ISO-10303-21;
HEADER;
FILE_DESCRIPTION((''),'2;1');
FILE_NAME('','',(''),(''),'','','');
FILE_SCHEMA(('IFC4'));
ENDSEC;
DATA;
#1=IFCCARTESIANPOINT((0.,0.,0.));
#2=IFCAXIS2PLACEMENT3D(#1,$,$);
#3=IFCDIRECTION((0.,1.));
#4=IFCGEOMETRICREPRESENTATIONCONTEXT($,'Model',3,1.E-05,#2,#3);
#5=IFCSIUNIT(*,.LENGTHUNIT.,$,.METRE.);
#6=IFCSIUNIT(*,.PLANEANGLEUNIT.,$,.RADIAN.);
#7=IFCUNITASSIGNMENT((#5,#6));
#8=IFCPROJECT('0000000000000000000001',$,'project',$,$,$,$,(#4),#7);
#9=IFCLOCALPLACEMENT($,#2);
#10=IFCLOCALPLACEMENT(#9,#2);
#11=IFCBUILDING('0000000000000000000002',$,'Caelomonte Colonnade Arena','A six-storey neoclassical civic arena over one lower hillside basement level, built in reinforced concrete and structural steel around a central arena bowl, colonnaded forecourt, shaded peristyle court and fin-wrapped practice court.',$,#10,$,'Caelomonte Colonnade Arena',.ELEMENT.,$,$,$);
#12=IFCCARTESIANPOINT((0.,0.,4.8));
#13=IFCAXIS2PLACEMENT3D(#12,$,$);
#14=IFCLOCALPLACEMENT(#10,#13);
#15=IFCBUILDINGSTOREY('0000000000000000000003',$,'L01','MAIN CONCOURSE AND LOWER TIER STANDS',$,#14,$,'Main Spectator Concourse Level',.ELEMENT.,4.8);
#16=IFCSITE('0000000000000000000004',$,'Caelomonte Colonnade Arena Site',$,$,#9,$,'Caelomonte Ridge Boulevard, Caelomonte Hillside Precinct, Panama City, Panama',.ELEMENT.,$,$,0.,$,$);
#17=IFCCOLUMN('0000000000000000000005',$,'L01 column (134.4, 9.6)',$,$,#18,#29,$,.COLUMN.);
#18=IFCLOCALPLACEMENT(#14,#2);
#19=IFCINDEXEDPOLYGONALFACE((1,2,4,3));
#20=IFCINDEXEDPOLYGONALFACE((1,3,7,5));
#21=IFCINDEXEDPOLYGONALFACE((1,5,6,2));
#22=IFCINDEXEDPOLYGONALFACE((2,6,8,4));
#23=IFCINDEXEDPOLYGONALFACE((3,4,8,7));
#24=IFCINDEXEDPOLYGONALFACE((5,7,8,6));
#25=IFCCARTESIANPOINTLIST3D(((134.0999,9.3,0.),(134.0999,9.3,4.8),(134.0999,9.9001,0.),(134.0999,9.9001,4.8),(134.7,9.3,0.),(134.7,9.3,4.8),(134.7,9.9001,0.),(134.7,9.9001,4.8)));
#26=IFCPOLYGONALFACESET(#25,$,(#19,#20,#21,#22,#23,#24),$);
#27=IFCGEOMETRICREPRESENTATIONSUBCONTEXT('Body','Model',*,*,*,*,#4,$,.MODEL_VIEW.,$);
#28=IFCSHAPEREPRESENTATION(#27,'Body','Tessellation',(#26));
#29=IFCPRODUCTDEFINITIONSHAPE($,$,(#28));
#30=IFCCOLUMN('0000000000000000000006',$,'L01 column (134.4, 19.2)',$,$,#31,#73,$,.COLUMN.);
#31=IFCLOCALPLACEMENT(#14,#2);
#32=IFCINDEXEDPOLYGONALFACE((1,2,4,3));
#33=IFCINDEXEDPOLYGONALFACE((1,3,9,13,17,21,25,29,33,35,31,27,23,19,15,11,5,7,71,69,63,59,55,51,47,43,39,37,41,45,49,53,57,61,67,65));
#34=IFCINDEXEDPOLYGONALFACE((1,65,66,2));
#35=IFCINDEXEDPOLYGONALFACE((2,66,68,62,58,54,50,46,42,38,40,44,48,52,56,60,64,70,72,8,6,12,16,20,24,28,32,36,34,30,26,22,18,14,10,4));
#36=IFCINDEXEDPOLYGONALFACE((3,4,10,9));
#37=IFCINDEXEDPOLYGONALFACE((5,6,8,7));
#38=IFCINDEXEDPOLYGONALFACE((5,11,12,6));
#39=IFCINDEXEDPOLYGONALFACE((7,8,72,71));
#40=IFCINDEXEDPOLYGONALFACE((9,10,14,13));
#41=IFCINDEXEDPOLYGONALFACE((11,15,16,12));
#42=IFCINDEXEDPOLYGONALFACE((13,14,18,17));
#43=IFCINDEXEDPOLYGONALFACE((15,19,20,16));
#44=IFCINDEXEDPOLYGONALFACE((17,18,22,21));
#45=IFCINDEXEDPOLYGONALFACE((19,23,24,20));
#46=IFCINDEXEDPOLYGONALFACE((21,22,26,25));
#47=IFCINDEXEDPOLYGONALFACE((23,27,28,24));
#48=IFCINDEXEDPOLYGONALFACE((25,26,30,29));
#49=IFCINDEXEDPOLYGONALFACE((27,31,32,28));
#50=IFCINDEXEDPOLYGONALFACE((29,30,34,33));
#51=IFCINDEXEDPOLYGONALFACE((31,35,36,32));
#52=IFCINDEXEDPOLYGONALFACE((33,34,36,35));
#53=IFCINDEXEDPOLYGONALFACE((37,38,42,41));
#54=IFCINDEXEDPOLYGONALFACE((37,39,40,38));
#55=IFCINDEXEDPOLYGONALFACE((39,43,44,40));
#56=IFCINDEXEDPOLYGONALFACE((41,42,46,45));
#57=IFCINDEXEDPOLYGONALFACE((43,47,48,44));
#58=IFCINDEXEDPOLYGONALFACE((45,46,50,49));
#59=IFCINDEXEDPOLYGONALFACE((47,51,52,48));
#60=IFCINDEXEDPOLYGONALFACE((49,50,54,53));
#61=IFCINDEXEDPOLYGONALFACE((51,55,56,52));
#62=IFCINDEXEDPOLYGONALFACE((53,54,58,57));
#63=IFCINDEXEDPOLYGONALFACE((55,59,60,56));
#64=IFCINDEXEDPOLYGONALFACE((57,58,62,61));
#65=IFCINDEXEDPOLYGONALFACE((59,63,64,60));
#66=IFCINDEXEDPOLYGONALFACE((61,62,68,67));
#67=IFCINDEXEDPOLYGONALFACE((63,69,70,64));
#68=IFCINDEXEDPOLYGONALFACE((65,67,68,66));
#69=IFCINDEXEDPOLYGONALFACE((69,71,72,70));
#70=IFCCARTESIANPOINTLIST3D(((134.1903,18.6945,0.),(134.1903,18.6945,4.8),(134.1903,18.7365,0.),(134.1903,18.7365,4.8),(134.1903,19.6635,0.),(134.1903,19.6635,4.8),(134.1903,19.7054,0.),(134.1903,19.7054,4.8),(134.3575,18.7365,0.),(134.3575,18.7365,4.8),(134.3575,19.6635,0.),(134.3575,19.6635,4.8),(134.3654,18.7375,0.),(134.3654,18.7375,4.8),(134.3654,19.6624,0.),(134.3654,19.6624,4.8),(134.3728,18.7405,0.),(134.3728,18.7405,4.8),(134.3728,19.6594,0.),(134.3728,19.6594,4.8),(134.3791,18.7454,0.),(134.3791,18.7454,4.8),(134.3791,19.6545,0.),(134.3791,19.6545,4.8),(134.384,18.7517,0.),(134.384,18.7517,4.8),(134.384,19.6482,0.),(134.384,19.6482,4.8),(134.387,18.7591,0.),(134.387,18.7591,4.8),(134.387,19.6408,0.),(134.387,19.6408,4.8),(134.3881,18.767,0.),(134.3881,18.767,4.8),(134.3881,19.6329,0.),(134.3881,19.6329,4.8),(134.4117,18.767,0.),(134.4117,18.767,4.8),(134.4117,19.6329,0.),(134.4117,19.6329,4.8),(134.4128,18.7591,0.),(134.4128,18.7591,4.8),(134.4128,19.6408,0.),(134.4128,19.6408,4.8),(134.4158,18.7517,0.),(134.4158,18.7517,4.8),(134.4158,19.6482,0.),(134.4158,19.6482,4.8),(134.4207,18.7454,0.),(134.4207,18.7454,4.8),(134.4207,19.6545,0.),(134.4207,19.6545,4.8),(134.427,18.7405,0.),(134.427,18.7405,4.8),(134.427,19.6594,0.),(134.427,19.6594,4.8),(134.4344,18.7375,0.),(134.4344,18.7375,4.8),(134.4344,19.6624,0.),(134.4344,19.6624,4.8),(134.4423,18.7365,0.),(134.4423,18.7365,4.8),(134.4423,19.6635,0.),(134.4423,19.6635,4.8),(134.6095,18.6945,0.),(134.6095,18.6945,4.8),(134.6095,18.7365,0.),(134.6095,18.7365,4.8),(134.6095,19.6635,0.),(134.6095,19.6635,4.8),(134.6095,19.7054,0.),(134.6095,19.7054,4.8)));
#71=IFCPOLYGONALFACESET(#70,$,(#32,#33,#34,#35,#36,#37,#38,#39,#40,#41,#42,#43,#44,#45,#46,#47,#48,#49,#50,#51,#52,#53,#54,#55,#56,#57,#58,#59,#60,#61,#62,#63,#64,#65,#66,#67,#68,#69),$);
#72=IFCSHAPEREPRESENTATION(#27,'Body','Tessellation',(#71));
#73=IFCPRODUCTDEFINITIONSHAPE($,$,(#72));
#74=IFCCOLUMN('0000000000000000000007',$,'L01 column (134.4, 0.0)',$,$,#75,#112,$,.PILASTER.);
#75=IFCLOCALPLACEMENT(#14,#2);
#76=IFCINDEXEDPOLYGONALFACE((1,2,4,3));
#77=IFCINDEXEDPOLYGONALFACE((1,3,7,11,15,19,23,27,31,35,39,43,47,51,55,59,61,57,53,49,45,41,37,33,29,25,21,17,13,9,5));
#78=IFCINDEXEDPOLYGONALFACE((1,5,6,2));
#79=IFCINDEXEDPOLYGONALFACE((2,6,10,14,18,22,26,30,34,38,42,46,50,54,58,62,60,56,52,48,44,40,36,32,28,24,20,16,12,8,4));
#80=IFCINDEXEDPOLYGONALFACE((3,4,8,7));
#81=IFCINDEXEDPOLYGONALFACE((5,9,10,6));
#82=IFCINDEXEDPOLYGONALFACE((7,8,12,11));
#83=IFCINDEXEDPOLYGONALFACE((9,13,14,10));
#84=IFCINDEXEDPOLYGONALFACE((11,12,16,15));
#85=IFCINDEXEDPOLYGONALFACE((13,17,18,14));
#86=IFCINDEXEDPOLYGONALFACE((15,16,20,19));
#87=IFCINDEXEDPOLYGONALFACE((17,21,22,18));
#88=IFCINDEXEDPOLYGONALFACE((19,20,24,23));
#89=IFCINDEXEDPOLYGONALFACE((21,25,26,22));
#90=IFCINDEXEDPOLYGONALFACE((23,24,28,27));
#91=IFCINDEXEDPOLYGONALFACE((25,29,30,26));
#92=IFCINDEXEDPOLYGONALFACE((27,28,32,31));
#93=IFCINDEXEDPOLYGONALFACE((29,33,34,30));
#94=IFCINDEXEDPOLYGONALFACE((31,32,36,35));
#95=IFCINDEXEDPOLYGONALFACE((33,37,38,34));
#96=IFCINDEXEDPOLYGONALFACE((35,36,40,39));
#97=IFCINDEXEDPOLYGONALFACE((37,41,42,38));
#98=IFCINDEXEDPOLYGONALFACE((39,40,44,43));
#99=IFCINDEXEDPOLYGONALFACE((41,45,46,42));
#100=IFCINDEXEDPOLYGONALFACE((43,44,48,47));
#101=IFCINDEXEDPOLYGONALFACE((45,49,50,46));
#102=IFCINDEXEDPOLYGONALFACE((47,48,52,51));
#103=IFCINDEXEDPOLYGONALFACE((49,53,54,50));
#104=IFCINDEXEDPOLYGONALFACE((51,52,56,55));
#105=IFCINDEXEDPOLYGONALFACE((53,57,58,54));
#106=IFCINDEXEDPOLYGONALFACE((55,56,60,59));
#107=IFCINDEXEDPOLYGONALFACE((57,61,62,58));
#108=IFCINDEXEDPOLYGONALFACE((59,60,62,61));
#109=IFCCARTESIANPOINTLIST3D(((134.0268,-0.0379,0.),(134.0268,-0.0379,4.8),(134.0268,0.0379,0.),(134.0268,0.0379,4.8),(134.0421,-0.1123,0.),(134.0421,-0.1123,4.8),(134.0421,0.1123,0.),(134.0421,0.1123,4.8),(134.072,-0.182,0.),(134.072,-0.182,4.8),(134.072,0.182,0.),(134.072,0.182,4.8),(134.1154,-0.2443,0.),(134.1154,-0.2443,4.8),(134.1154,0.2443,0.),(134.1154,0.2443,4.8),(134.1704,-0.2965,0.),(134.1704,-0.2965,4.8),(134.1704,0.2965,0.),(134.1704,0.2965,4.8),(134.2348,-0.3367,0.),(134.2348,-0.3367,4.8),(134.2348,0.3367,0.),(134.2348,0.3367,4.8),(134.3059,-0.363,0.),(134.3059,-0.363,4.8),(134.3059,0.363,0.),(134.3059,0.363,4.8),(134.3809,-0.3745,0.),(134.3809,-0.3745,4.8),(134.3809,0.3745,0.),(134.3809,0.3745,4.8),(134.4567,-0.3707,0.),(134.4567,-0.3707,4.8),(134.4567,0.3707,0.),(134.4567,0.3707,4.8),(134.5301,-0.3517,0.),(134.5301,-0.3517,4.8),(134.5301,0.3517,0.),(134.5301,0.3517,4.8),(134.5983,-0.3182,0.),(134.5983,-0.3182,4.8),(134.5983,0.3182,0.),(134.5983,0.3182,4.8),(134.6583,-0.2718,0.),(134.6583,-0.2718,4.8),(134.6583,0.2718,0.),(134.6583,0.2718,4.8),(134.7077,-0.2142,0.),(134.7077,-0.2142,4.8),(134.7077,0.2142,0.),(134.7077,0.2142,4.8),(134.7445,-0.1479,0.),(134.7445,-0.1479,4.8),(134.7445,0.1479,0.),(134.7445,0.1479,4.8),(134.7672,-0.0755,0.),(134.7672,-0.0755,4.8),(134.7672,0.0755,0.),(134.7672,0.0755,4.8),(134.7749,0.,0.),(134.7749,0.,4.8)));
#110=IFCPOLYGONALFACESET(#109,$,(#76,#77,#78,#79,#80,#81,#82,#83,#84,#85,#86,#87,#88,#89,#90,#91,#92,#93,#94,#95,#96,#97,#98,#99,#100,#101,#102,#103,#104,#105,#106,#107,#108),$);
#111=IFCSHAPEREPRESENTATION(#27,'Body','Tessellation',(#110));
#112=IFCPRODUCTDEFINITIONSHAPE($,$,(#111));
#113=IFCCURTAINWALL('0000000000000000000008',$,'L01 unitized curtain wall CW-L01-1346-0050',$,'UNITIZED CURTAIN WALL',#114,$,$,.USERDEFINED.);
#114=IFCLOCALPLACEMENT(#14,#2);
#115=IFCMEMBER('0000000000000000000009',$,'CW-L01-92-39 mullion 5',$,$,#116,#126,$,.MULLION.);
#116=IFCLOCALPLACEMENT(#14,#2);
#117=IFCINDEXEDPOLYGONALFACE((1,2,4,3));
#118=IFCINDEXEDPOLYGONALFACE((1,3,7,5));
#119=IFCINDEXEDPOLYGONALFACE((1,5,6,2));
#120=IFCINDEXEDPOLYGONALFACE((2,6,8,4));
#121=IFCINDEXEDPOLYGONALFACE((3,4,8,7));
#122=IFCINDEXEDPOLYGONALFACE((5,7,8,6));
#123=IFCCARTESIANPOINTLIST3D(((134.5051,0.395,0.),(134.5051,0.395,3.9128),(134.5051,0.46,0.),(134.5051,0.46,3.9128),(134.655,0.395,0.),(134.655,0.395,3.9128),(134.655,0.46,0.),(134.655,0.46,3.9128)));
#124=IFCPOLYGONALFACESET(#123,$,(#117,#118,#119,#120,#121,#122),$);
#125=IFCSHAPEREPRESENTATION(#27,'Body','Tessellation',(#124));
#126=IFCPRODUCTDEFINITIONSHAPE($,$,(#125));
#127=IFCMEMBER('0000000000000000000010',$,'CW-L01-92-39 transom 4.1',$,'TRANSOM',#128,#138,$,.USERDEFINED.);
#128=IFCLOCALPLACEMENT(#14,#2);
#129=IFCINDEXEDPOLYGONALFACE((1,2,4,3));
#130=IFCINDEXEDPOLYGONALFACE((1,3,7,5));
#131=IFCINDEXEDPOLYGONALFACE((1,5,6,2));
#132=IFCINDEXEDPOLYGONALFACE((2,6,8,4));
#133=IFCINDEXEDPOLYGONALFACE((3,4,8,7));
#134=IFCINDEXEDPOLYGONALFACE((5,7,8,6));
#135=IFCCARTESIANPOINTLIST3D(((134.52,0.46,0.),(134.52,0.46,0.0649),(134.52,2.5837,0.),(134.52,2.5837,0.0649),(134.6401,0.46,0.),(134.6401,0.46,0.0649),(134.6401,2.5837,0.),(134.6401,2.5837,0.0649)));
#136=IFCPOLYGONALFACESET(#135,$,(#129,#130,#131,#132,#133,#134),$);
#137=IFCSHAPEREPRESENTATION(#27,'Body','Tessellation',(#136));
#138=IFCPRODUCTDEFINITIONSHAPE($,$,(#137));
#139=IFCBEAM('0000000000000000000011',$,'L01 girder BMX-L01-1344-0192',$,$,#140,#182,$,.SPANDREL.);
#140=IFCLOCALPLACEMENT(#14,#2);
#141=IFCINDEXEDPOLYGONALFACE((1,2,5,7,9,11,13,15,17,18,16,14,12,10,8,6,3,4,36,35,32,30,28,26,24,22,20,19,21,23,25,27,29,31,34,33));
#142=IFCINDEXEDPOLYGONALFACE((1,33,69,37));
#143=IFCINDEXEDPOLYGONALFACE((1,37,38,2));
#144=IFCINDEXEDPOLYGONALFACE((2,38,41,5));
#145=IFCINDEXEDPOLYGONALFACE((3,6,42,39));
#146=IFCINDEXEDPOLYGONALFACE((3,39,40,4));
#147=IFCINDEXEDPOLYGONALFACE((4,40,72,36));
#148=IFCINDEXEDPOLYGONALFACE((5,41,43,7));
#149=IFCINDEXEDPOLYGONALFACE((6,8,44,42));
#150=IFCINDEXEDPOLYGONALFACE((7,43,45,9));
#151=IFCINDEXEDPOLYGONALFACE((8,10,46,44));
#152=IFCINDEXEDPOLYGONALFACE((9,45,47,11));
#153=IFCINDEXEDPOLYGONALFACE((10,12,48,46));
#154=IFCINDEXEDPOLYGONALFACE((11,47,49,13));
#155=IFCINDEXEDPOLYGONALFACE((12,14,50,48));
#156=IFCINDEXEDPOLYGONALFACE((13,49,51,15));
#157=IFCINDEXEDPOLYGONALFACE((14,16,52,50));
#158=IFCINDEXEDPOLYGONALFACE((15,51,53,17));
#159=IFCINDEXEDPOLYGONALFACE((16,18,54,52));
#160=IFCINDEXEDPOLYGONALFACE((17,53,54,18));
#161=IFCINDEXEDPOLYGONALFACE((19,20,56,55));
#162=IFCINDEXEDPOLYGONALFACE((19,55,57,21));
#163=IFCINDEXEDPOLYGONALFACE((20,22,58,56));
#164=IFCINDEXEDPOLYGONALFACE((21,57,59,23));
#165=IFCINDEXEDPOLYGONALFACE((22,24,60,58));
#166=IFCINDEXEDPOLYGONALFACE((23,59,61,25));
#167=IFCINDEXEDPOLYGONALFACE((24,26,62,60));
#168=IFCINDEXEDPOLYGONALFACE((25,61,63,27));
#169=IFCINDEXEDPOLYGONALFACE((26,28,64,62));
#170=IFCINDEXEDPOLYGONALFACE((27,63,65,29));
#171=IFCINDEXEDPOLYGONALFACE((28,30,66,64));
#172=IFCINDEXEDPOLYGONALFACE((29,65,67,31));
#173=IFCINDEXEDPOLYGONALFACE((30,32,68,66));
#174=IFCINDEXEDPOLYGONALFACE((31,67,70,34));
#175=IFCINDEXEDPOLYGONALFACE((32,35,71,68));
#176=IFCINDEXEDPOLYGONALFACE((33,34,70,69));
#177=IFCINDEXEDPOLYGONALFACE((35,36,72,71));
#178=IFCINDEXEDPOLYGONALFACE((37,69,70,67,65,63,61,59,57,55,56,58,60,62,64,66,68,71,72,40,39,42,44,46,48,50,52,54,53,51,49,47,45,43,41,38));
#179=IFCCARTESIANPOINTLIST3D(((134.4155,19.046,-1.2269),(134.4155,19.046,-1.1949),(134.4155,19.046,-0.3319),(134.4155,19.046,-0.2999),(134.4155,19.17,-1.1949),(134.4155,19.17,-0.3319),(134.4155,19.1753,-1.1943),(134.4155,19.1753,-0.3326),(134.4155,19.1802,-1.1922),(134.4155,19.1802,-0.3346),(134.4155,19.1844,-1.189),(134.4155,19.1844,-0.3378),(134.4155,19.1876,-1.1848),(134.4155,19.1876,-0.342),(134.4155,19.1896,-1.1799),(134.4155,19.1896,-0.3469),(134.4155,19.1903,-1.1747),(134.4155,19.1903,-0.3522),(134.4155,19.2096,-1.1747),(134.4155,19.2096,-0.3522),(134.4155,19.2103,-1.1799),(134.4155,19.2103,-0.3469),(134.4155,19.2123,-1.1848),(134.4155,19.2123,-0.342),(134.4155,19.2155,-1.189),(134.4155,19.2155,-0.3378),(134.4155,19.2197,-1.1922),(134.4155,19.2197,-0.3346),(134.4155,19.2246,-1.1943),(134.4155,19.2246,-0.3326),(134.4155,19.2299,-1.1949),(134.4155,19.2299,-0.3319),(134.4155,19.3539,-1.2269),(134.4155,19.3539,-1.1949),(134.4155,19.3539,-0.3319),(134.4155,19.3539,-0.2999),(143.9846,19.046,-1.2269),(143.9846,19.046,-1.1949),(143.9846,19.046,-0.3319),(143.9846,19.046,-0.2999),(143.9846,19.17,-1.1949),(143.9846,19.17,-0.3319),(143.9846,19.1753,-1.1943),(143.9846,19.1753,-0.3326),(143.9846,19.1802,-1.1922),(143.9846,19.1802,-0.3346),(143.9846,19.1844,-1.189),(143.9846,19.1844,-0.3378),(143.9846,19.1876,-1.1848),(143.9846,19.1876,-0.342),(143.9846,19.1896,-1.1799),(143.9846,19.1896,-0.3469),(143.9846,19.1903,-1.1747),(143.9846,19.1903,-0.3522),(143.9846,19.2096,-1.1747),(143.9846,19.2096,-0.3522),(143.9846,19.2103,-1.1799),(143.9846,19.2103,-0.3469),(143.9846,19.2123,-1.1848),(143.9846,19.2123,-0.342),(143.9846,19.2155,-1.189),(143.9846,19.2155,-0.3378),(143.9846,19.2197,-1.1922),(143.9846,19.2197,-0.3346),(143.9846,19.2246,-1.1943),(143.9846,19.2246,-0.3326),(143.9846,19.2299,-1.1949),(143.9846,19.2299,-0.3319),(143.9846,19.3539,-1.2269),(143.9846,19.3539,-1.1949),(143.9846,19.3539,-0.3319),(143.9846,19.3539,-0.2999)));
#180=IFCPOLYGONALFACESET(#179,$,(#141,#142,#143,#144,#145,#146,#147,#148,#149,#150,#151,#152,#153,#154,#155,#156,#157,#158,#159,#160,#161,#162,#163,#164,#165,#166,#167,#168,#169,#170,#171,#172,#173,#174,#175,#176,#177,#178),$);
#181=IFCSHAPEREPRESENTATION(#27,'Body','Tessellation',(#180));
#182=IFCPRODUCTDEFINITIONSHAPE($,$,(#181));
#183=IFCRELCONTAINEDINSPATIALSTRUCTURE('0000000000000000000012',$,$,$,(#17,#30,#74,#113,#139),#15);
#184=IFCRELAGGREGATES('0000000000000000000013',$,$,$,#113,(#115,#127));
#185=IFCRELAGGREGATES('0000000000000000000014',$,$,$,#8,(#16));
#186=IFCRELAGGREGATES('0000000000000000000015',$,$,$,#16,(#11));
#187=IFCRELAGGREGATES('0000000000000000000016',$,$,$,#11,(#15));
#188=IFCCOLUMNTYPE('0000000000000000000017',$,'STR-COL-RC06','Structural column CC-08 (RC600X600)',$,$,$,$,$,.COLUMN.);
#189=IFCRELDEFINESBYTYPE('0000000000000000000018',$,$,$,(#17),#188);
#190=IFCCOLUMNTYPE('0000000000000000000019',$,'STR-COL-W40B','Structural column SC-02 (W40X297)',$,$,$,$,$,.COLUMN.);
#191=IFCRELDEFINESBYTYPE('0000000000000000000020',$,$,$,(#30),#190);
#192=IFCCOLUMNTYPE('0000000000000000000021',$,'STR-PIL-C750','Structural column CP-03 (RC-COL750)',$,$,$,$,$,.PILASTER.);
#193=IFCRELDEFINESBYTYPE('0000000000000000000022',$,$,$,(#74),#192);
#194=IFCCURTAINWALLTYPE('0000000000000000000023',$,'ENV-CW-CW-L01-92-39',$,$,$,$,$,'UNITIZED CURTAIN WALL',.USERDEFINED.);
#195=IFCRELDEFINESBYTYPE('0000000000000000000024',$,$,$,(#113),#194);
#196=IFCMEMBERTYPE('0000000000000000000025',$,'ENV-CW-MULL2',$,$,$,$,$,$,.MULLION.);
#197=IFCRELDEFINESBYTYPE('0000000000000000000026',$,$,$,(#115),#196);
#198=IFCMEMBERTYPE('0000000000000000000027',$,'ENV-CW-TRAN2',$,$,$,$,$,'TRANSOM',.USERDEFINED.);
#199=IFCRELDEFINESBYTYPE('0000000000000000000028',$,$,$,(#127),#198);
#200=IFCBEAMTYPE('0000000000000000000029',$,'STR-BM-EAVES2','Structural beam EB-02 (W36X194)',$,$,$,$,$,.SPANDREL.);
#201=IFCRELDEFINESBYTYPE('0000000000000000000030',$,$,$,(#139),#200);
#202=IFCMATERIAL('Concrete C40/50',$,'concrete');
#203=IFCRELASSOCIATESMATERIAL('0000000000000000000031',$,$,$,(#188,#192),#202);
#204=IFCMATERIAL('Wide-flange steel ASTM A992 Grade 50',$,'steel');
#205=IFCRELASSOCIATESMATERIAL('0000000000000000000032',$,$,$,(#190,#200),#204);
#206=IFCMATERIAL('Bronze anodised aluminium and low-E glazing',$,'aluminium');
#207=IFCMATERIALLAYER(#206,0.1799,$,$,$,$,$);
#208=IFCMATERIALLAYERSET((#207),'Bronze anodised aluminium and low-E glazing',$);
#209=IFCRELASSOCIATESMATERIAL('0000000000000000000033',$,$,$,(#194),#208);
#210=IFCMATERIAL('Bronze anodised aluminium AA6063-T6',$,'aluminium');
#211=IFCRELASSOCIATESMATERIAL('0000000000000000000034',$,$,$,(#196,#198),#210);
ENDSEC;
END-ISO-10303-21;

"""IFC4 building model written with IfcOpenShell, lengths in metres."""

from ifc_helpers import new_model, si_unit, direction, frame, origin, origin_2d, place, context, subcontext, project, spatial, rectangle, circle, i_section, extrude, material, layer, layer_set, material_profile, profile_set, type_object, element, aggregate, save


model = new_model("IFC4")

# Units and contexts
model_context = context("Model", 3, precision=1e-05, world=origin(), true_north=direction((0.0, 1.0)))
body_context = subcontext(model_context, "Body", "Model", "MODEL_VIEW")
ifc_project = project(units=[si_unit("LENGTHUNIT", "METRE"), si_unit("PLANEANGLEUNIT", "RADIAN")], contexts=[model_context])

# Site, building, storey
site_placement = place(None, origin())
site = spatial("IfcSite", under=ifc_project, at=site_placement, Name="Caelomonte Colonnade Arena Site", LongName="Caelomonte Ridge Boulevard, Caelomonte Hillside Precinct, Panama City, Panama", CompositionType="ELEMENT", RefElevation=0.0)
building_placement = place(site_placement, origin())
building = spatial("IfcBuilding", under=site, at=building_placement, Name="Caelomonte Colonnade Arena", Description="A six-storey neoclassical civic arena over one lower hillside basement level, built in reinforced concrete and structural steel around a central arena bowl, colonnaded forecourt, shaded peristyle court and fin-wrapped practice court.", LongName="Caelomonte Colonnade Arena", CompositionType="ELEMENT")
storey_placement = place(building_placement, frame((0.0, 0.0, 4.8)))
storey = spatial("IfcBuildingStorey", under=building, at=storey_placement, Name="L01", Description="MAIN CONCOURSE AND LOWER TIER STANDS", LongName="Main Spectator Concourse Level", CompositionType="ELEMENT", Elevation=4.8)

# Columns
ifc_material_1 = material(Name="Concrete C40/50", Category="concrete")
ifc_material_profile_1 = material_profile(ifc_material_1, rectangle(XDim=0.6001, YDim=0.6001, at=origin_2d()), Name="RC600X600")
ifc_profile_set_1 = profile_set([ifc_material_profile_1], Name="Concrete C40/50")
column_type_1 = type_object("IfcColumnType", Name="STR-COL-RC06", Description="Structural column CC-08 (RC600X600)", PredefinedType="COLUMN", material=ifc_profile_set_1)
column_1_placement = place(storey_placement, frame((134.3999, 9.6001, 0.0), z_axis=(0.0, 0.0, 1.0), x_axis=(1.0, 0.0, 0.0)))
element("IfcColumn", 1, at=column_1_placement, inside=storey, type_object=column_type_1, Name="L01 column (134.4, 9.6)", PredefinedType="COLUMN", context=body_context, shape_type="SweptSolid", body=[
    extrude(rectangle(XDim=0.6001, YDim=0.6001, at=origin_2d()), origin(), (0.0, 0.0, 1.0), 4.8),
])
ifc_material_2 = material(Name="Wide-flange steel ASTM A992 Grade 50", Category="steel")
ifc_material_profile_2 = material_profile(ifc_material_2, i_section(OverallWidth=0.4192, OverallDepth=1.011, WebThickness=0.0237, FlangeThickness=0.042, FilletRadius=0.0305, at=origin_2d()), Name="W40X297")
ifc_profile_set_2 = profile_set([ifc_material_profile_2], Name="Wide-flange steel ASTM A992 Grade 50")
column_type_2 = type_object("IfcColumnType", Name="STR-COL-W40B", Description="Structural column SC-02 (W40X297)", PredefinedType="COLUMN", material=ifc_profile_set_2)
column_2_placement = place(storey_placement, frame((134.3999, 19.2, 0.0), z_axis=(0.0, 0.0, 1.0), x_axis=(1.0, 0.0, 0.0)))
element("IfcColumn", 2, at=column_2_placement, inside=storey, type_object=column_type_2, Name="L01 column (134.4, 19.2)", PredefinedType="COLUMN", context=body_context, shape_type="SweptSolid", body=[
    extrude(i_section(OverallWidth=0.4192, OverallDepth=1.011, WebThickness=0.0237, FlangeThickness=0.042, FilletRadius=0.0305, at=origin_2d()), origin(), (0.0, 0.0, 1.0), 4.8),
])
ifc_material_profile_3 = material_profile(ifc_material_1, circle(Radius=0.375, at=origin_2d()), Name="RC-COL750")
ifc_profile_set_3 = profile_set([ifc_material_profile_3], Name="Concrete C40/50")
column_type_3 = type_object("IfcColumnType", Name="STR-PIL-C750", Description="Structural column CP-03 (RC-COL750)", PredefinedType="PILASTER", material=ifc_profile_set_3)
column_3_placement = place(storey_placement, frame((134.3999, 0.0, 0.0), z_axis=(0.0, 0.0, 1.0), x_axis=(1.0, 0.0, 0.0)))
element("IfcColumn", 3, at=column_3_placement, inside=storey, type_object=column_type_3, Name="L01 column (134.4, 0.0)", PredefinedType="PILASTER", context=body_context, shape_type="SweptSolid", body=[
    extrude(circle(Radius=0.375, at=origin_2d()), origin(), (0.0, 0.0, 1.0), 4.8),
])

# Curtain wall, members
ifc_material_3 = material(Name="Bronze anodised aluminium and low-E glazing", Category="aluminium")
ifc_layer_1 = layer(ifc_material_3, 0.1799)
ifc_layer_set_1 = layer_set([ifc_layer_1], Name="Bronze anodised aluminium and low-E glazing")
curtain_wall_type = type_object("IfcCurtainWallType", Name="ENV-CW-CW-L01-92-39", ElementType="UNITIZED CURTAIN WALL", PredefinedType="USERDEFINED", material=ifc_layer_set_1)
curtain_wall_placement = place(storey_placement, origin())
curtain_wall = element("IfcCurtainWall", 4, at=curtain_wall_placement, inside=storey, type_object=curtain_wall_type, Name="L01 unitized curtain wall CW-L01-1346-0050", ObjectType="UNITIZED CURTAIN WALL", PredefinedType="USERDEFINED")
ifc_material_4 = material(Name="Bronze anodised aluminium AA6063-T6", Category="aluminium")
ifc_material_profile_4 = material_profile(ifc_material_4, rectangle(XDim=0.0649, YDim=0.1499, at=origin_2d()), Name="CWM-65X150")
ifc_profile_set_4 = profile_set([ifc_material_profile_4], Name="Bronze anodised aluminium AA6063-T6")
member_type_1 = type_object("IfcMemberType", Name="ENV-CW-MULL2", PredefinedType="MULLION", material=ifc_profile_set_4)
member_1_placement = place(storey_placement, frame((134.5801, 0.4275, 0.0), z_axis=(0.0, 0.0, 1.0), x_axis=(0.0, -1.0, 0.0)))
member_1 = element("IfcMember", 5, at=member_1_placement, type_object=member_type_1, Name="CW-L01-92-39 mullion 5", PredefinedType="MULLION", context=body_context, shape_type="SweptSolid", body=[
    extrude(rectangle(XDim=0.0649, YDim=0.1499, at=origin_2d()), origin(), (0.0, 0.0, 1.0), 3.9128),
])
ifc_material_profile_5 = material_profile(ifc_material_4, rectangle(XDim=0.0649, YDim=0.1201, at=origin_2d()), Name="CWT-65X120")
ifc_profile_set_5 = profile_set([ifc_material_profile_5], Name="Bronze anodised aluminium AA6063-T6")
member_type_2 = type_object("IfcMemberType", Name="ENV-CW-TRAN2", ElementType="TRANSOM", PredefinedType="USERDEFINED", material=ifc_profile_set_5)
member_2_placement = place(storey_placement, frame((134.5801, 2.5837, 0.0325), z_axis=(0.0, -1.0, 0.0), x_axis=(0.0, 0.0, 1.0)))
member_2 = element("IfcMember", 6, at=member_2_placement, type_object=member_type_2, Name="CW-L01-92-39 transom 4.1", ObjectType="TRANSOM", PredefinedType="USERDEFINED", context=body_context, shape_type="SweptSolid", body=[
    extrude(rectangle(XDim=0.0649, YDim=0.1201, at=origin_2d()), origin(), (0.0, 0.0, 1.0), 2.1238),
])

# Beam
ifc_material_profile_6 = material_profile(ifc_material_2, i_section(OverallWidth=0.3079, OverallDepth=0.927, WebThickness=0.0193, FlangeThickness=0.032, FilletRadius=0.0203, at=origin_2d()), Name="W36X194")
ifc_profile_set_6 = profile_set([ifc_material_profile_6], Name="Wide-flange steel ASTM A992 Grade 50")
beam_type_1 = type_object("IfcBeamType", Name="STR-BM-EAVES2", Description="Structural beam EB-02 (W36X194)", PredefinedType="SPANDREL", material=ifc_profile_set_6)
beam_1_placement = place(storey_placement, frame((134.4155, 19.2, -0.7634), z_axis=(1.0, 0.0, 0.0), x_axis=(0.0, 1.0, 0.0)))
element("IfcBeam", 7, at=beam_1_placement, inside=storey, type_object=beam_type_1, Name="L01 girder BMX-L01-1344-0192", PredefinedType="SPANDREL", context=body_context, shape_type="SweptSolid", body=[
    extrude(i_section(OverallWidth=0.3079, OverallDepth=0.927, WebThickness=0.0193, FlangeThickness=0.032, FilletRadius=0.0203, at=origin_2d()), origin(), (0.0, 0.0, 1.0), 9.5691),
])

aggregate(curtain_wall, [member_1, member_2])

save(model, "model.ifc")
